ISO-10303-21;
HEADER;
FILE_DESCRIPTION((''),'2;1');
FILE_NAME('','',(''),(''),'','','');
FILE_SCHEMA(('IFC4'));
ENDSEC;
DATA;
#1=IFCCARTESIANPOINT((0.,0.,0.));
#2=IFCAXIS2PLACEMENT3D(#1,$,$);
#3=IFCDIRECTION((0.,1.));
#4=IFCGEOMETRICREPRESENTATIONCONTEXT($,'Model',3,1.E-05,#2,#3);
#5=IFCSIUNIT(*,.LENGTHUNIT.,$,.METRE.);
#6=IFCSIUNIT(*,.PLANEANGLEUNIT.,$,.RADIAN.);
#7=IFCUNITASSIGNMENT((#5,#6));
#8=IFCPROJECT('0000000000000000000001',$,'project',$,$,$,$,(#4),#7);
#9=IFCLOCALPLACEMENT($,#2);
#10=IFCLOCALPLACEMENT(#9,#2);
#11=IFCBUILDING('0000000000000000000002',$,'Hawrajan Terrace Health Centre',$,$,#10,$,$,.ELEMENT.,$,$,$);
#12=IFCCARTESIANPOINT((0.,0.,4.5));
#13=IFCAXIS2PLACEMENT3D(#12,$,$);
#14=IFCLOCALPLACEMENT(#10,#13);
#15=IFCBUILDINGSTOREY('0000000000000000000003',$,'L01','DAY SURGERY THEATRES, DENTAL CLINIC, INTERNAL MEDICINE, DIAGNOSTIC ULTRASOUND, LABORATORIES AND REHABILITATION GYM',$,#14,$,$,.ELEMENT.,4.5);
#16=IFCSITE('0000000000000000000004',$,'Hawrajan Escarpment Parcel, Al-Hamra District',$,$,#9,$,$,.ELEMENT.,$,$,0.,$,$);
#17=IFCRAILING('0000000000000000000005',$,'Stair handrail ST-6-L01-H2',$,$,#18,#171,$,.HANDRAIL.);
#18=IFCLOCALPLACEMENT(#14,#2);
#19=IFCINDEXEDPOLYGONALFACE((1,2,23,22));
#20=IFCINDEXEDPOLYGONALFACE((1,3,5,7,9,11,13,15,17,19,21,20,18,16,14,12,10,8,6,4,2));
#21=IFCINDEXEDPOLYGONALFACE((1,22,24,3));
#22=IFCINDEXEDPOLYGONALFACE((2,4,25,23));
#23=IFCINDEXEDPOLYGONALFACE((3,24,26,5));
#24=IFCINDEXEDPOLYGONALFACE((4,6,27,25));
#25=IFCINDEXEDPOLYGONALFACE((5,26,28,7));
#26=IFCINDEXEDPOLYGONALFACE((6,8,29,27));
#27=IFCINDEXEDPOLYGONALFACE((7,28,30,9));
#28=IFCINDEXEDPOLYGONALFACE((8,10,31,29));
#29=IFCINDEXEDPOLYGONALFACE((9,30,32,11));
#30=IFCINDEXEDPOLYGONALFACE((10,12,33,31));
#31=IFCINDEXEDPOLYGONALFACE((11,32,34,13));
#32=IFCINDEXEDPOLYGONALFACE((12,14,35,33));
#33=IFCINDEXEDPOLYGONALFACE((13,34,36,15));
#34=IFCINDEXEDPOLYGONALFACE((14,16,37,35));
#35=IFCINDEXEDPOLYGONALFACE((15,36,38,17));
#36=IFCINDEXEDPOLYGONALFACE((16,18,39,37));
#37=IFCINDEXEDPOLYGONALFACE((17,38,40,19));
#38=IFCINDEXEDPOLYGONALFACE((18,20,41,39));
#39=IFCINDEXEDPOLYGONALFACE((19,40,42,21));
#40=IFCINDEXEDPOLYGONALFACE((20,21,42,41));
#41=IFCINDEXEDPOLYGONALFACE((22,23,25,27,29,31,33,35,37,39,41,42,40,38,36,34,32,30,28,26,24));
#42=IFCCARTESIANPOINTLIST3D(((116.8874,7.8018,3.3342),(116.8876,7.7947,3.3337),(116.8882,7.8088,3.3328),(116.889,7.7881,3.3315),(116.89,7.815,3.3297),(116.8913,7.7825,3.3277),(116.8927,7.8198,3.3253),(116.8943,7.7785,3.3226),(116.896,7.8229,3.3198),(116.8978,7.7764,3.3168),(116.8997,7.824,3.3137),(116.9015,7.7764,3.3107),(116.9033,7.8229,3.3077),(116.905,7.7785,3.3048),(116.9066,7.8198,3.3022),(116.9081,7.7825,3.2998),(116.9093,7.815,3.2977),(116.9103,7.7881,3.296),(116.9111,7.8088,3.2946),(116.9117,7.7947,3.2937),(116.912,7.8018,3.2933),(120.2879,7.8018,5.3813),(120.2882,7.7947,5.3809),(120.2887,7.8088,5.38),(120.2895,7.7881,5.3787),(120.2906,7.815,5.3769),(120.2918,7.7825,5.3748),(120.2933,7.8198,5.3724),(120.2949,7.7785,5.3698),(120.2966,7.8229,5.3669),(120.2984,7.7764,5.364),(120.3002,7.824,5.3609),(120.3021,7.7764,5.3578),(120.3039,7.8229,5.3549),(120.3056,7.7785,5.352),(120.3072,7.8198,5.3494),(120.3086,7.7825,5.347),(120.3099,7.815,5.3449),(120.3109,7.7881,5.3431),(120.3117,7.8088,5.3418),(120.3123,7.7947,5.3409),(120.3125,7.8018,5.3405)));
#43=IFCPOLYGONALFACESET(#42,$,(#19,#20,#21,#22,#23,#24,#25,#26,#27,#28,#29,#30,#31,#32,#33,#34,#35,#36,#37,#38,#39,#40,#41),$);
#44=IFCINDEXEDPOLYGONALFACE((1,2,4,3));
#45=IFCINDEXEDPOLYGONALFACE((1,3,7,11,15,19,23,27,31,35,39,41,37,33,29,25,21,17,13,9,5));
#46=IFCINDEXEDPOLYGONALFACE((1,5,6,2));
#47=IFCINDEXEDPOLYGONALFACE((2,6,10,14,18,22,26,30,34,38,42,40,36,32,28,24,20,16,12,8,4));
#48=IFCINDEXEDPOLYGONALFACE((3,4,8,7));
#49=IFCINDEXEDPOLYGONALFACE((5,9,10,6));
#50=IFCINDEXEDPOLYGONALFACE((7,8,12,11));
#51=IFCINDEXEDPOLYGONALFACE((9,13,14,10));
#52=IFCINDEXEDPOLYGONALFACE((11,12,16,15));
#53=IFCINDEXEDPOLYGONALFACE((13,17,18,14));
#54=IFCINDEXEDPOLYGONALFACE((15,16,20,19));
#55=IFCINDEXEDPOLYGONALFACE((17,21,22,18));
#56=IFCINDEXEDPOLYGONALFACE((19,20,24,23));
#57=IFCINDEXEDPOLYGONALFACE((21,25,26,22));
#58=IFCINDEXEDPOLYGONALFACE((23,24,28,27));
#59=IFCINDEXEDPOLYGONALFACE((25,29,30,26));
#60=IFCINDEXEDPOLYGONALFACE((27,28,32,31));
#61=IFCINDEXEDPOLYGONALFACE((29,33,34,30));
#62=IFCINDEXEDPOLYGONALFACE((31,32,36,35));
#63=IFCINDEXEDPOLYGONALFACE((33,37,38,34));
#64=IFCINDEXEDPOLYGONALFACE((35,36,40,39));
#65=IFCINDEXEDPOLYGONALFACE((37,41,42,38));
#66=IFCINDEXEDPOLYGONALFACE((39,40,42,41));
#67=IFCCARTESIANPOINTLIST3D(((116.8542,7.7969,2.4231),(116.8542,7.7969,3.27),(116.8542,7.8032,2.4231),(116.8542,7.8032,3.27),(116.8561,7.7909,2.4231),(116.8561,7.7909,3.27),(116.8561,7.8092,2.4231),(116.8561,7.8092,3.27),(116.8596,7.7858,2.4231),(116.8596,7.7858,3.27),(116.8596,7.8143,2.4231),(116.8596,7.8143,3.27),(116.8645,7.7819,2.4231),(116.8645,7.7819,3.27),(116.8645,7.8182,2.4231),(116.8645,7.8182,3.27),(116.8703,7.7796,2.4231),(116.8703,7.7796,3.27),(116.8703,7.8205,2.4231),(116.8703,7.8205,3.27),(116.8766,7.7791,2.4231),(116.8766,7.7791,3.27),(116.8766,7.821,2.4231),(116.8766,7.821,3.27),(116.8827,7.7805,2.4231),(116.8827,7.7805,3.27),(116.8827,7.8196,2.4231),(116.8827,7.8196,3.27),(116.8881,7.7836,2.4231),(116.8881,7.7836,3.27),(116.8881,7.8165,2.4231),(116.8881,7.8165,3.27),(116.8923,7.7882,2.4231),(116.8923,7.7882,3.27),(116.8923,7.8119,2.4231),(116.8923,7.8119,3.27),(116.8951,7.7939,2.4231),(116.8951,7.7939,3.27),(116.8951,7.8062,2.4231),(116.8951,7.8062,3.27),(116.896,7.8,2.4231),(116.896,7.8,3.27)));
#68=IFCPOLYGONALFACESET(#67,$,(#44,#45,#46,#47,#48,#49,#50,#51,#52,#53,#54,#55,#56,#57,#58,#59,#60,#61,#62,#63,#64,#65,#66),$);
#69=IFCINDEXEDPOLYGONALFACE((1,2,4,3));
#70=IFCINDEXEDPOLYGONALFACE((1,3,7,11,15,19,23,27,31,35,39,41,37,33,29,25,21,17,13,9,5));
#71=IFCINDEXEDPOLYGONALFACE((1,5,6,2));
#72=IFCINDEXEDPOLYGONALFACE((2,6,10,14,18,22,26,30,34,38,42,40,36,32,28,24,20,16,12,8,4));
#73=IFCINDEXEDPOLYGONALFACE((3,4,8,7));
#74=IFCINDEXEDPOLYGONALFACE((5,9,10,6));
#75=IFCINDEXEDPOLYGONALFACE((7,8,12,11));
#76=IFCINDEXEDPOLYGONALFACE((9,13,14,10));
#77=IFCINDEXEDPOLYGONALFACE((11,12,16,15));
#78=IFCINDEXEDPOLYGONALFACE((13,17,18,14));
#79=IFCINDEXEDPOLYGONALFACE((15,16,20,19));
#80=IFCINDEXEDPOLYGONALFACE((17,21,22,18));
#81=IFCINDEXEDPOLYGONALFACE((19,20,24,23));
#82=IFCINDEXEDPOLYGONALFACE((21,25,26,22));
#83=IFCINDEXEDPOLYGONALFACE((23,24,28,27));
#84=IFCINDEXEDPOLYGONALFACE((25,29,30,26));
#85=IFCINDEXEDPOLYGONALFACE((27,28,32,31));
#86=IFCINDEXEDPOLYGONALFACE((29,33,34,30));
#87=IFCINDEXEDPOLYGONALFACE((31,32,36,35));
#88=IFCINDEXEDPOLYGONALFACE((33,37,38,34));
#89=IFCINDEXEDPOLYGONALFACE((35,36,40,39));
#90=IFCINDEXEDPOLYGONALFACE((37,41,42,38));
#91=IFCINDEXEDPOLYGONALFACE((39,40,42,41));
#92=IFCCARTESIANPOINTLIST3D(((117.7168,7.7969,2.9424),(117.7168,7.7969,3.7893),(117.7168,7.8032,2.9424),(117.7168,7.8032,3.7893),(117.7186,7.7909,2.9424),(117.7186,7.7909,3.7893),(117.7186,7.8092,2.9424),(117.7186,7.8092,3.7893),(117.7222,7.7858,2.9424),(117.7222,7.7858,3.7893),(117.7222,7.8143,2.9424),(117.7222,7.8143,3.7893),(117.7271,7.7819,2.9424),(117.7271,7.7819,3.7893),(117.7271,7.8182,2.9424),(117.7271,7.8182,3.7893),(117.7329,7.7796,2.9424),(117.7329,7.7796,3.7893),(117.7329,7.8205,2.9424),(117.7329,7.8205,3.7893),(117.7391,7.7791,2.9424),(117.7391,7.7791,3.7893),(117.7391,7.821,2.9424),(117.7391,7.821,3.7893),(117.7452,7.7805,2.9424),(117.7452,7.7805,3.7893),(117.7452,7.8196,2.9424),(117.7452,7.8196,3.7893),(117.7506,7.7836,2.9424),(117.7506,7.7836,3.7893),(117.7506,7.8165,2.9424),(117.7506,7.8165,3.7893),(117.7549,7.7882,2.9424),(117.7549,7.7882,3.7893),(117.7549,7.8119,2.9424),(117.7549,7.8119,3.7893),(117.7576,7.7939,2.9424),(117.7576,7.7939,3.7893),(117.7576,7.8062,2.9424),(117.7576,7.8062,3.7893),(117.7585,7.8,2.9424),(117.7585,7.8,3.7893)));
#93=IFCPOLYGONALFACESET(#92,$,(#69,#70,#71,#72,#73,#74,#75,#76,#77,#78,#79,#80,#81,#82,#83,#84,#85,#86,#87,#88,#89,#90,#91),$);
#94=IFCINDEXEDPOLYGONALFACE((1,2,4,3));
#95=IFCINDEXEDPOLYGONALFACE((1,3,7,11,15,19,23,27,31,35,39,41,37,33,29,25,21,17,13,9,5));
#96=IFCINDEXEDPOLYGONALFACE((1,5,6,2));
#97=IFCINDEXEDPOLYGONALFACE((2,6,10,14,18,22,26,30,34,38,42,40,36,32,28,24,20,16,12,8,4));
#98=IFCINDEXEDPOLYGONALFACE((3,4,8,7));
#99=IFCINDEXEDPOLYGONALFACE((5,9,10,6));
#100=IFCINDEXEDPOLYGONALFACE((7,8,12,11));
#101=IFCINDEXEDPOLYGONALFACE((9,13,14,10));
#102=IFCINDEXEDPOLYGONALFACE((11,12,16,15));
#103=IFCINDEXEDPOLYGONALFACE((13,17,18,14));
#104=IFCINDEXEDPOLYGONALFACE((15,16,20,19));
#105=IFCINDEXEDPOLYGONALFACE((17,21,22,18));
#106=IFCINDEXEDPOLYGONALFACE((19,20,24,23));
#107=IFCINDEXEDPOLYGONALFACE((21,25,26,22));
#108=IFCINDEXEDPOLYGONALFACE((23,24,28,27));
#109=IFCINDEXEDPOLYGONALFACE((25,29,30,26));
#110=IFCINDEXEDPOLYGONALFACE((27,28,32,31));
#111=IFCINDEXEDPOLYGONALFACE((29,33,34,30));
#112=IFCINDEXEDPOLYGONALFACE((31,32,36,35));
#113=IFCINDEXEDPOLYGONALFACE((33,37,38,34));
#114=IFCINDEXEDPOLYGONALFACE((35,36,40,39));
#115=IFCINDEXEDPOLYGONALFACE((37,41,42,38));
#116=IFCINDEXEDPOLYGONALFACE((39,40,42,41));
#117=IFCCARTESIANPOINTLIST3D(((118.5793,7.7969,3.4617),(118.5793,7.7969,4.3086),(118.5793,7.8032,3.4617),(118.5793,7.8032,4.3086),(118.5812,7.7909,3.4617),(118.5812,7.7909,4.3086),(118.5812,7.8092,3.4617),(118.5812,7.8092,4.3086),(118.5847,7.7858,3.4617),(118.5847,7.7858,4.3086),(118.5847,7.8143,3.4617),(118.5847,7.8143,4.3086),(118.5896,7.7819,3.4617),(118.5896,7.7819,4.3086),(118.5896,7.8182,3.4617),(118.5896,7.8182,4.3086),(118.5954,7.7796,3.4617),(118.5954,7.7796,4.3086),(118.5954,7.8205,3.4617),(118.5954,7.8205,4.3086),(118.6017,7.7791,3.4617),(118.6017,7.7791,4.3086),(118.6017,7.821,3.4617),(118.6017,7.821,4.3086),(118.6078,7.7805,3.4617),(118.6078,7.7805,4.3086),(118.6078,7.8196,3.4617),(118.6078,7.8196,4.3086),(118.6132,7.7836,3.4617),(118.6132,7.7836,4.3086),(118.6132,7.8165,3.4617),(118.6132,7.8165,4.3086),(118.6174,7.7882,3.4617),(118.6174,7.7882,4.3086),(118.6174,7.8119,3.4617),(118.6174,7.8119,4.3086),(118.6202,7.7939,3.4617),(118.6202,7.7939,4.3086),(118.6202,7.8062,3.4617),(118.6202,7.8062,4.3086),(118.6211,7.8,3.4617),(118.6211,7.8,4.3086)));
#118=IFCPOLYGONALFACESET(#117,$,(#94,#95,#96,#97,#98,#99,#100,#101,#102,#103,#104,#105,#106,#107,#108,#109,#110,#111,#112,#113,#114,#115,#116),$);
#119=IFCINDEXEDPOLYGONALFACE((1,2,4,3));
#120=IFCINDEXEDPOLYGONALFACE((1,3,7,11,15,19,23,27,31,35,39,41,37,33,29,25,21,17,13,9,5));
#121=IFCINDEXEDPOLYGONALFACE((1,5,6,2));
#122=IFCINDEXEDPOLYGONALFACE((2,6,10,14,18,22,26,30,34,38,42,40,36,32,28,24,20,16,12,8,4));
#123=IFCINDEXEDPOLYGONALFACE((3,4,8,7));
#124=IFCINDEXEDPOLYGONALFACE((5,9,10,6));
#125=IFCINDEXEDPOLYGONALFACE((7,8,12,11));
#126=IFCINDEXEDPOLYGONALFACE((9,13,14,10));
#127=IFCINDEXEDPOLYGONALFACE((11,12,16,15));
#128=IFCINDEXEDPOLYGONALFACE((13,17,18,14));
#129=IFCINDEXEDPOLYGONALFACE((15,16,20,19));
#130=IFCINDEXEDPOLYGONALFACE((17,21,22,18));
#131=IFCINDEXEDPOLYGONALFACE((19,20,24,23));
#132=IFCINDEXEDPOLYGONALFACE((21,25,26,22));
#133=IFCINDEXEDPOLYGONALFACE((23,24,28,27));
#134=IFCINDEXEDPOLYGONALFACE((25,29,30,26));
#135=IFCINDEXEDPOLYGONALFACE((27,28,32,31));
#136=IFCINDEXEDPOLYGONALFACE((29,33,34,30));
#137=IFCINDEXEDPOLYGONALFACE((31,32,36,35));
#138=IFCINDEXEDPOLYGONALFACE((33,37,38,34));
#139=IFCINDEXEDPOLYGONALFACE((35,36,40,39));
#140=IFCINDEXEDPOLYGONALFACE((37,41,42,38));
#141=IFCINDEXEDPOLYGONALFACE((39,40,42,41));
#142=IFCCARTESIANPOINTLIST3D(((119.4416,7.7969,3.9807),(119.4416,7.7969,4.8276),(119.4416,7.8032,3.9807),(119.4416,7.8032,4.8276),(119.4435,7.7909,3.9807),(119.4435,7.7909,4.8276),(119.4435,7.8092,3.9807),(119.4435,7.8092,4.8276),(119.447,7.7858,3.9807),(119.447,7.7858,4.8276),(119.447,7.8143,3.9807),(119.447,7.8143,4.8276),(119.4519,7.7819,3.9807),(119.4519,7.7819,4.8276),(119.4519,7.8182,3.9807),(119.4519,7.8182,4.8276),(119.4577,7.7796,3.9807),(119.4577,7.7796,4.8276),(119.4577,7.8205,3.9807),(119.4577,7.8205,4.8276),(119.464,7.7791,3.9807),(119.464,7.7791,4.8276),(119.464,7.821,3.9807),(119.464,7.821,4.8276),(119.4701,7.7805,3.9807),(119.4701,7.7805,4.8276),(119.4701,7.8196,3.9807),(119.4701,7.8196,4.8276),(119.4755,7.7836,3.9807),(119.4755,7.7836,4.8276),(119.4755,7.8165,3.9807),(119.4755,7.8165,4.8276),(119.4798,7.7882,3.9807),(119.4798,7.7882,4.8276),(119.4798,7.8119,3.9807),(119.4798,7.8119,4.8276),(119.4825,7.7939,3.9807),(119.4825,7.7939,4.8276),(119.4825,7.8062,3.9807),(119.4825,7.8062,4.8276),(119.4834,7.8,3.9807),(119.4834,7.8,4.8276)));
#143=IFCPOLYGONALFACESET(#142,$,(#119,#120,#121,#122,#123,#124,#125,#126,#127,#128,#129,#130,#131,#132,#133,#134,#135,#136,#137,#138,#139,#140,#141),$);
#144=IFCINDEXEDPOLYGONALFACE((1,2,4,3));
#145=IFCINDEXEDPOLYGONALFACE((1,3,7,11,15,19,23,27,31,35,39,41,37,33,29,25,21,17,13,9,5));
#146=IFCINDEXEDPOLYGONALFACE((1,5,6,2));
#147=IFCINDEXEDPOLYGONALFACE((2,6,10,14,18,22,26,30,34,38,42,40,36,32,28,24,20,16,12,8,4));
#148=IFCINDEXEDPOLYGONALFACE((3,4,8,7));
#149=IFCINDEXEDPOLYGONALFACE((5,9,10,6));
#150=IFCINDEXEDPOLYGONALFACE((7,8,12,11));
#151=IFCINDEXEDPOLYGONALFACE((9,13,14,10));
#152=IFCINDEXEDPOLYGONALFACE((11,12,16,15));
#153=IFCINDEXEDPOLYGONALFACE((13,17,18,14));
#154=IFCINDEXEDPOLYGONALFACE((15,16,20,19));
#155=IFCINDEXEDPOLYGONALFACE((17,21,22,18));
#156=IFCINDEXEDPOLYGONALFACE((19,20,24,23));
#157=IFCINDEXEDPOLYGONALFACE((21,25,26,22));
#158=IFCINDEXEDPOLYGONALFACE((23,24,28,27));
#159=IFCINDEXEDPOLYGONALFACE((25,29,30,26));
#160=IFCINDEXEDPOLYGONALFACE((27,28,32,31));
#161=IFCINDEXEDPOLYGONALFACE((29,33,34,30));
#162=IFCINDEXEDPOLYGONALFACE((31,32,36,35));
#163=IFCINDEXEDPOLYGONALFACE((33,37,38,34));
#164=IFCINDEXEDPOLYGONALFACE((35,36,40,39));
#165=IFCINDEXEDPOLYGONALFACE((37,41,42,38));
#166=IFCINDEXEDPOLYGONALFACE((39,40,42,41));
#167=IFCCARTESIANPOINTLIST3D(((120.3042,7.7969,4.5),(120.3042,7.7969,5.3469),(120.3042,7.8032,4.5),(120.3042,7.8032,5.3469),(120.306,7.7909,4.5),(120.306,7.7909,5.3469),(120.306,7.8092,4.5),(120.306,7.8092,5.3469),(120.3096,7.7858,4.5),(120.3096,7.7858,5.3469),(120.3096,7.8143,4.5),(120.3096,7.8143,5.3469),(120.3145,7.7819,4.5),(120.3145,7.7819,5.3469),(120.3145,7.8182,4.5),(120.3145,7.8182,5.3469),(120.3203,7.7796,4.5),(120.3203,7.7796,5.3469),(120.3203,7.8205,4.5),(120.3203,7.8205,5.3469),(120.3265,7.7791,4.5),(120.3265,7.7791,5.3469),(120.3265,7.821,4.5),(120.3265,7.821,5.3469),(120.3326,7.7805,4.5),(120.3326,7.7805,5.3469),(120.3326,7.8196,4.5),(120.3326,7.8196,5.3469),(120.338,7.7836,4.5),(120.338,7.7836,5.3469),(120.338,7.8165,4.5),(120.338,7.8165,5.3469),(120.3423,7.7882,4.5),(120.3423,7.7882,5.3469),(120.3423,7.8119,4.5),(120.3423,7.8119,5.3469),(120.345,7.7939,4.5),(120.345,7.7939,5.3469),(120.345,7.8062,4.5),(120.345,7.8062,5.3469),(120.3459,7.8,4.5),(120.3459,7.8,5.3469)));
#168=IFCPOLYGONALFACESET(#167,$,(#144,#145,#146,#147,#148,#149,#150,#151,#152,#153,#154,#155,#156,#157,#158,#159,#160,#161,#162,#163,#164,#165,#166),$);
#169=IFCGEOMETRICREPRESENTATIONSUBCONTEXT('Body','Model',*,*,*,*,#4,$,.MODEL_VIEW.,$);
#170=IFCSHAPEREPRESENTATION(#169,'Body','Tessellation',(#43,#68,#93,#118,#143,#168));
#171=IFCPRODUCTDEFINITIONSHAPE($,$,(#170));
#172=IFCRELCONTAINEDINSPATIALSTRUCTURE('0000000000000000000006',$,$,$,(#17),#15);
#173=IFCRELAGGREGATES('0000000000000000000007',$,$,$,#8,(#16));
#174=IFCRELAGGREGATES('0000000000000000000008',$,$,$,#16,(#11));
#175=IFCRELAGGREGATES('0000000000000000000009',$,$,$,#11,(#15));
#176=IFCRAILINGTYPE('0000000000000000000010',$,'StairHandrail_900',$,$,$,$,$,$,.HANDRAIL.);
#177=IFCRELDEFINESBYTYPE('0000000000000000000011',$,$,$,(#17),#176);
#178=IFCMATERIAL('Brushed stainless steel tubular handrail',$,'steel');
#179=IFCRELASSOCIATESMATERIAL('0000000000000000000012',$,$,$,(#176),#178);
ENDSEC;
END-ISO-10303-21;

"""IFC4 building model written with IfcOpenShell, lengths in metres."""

from ifc_helpers import new_model, si_unit, direction, frame, origin, origin_2d, place, context, subcontext, project, spatial, circle, extrude, material, type_object, element, save


model = new_model("IFC4")

# Units and contexts
model_context = context("Model", 3, precision=1e-05, world=origin(), true_north=direction((0.0, 1.0)))
body_context = subcontext(model_context, "Body", "Model", "MODEL_VIEW")
ifc_project = project(units=[si_unit("LENGTHUNIT", "METRE"), si_unit("PLANEANGLEUNIT", "RADIAN")], contexts=[model_context])

# Site, building, storey
site_placement = place(None, origin())
site = spatial("IfcSite", under=ifc_project, at=site_placement, Name="Hawrajan Escarpment Parcel, Al-Hamra District", CompositionType="ELEMENT", RefElevation=0.0)
building_placement = place(site_placement, origin())
building = spatial("IfcBuilding", under=site, at=building_placement, Name="Hawrajan Terrace Health Centre", CompositionType="ELEMENT")
storey_placement = place(building_placement, frame((0.0, 0.0, 4.5)))
storey = spatial("IfcBuildingStorey", under=building, at=storey_placement, Name="L01", Description="DAY SURGERY THEATRES, DENTAL CLINIC, INTERNAL MEDICINE, DIAGNOSTIC ULTRASOUND, LABORATORIES AND REHABILITATION GYM", CompositionType="ELEMENT", Elevation=4.5)

# Railing
ifc_material_1 = material(Name="Brushed stainless steel tubular handrail", Category="steel")
railing_type = type_object("IfcRailingType", Name="StairHandrail_900", PredefinedType="HANDRAIL", material=ifc_material_1)
railing_placement = place(storey_placement, frame((116.875, 7.8, 2.4231)))
element("IfcRailing", 1, at=railing_placement, inside=storey, type_object=railing_type, Name="Stair handrail ST-6-L01-H2", PredefinedType="HANDRAIL", context=body_context, shape_type="SweptSolid", body=[
    extrude(circle(Radius=0.0239, at=origin_2d()), frame((0.0247, 0.0, 0.8906), z_axis=(0.856732, 0.0, 0.515761), x_axis=(0.0, 1.0, 0.0)), (0.0, 0.0, 1.0), 3.9692),
    extrude(circle(Radius=0.021, at=origin_2d()), origin(), (0.0, 0.0, 1.0), 0.8469),
    extrude(circle(Radius=0.021, at=origin_2d()), frame((0.8625, 0.0, 0.5193)), (0.0, 0.0, 1.0), 0.8469),
    extrude(circle(Radius=0.021, at=origin_2d()), frame((1.7251, 0.0, 1.0386)), (0.0, 0.0, 1.0), 0.8469),
    extrude(circle(Radius=0.021, at=origin_2d()), frame((2.5874, 0.0, 1.5576)), (0.0, 0.0, 1.0), 0.8469),
    extrude(circle(Radius=0.021, at=origin_2d()), frame((3.45, 0.0, 2.0769)), (0.0, 0.0, 1.0), 0.8469),
])

save(model, "model.ifc")
